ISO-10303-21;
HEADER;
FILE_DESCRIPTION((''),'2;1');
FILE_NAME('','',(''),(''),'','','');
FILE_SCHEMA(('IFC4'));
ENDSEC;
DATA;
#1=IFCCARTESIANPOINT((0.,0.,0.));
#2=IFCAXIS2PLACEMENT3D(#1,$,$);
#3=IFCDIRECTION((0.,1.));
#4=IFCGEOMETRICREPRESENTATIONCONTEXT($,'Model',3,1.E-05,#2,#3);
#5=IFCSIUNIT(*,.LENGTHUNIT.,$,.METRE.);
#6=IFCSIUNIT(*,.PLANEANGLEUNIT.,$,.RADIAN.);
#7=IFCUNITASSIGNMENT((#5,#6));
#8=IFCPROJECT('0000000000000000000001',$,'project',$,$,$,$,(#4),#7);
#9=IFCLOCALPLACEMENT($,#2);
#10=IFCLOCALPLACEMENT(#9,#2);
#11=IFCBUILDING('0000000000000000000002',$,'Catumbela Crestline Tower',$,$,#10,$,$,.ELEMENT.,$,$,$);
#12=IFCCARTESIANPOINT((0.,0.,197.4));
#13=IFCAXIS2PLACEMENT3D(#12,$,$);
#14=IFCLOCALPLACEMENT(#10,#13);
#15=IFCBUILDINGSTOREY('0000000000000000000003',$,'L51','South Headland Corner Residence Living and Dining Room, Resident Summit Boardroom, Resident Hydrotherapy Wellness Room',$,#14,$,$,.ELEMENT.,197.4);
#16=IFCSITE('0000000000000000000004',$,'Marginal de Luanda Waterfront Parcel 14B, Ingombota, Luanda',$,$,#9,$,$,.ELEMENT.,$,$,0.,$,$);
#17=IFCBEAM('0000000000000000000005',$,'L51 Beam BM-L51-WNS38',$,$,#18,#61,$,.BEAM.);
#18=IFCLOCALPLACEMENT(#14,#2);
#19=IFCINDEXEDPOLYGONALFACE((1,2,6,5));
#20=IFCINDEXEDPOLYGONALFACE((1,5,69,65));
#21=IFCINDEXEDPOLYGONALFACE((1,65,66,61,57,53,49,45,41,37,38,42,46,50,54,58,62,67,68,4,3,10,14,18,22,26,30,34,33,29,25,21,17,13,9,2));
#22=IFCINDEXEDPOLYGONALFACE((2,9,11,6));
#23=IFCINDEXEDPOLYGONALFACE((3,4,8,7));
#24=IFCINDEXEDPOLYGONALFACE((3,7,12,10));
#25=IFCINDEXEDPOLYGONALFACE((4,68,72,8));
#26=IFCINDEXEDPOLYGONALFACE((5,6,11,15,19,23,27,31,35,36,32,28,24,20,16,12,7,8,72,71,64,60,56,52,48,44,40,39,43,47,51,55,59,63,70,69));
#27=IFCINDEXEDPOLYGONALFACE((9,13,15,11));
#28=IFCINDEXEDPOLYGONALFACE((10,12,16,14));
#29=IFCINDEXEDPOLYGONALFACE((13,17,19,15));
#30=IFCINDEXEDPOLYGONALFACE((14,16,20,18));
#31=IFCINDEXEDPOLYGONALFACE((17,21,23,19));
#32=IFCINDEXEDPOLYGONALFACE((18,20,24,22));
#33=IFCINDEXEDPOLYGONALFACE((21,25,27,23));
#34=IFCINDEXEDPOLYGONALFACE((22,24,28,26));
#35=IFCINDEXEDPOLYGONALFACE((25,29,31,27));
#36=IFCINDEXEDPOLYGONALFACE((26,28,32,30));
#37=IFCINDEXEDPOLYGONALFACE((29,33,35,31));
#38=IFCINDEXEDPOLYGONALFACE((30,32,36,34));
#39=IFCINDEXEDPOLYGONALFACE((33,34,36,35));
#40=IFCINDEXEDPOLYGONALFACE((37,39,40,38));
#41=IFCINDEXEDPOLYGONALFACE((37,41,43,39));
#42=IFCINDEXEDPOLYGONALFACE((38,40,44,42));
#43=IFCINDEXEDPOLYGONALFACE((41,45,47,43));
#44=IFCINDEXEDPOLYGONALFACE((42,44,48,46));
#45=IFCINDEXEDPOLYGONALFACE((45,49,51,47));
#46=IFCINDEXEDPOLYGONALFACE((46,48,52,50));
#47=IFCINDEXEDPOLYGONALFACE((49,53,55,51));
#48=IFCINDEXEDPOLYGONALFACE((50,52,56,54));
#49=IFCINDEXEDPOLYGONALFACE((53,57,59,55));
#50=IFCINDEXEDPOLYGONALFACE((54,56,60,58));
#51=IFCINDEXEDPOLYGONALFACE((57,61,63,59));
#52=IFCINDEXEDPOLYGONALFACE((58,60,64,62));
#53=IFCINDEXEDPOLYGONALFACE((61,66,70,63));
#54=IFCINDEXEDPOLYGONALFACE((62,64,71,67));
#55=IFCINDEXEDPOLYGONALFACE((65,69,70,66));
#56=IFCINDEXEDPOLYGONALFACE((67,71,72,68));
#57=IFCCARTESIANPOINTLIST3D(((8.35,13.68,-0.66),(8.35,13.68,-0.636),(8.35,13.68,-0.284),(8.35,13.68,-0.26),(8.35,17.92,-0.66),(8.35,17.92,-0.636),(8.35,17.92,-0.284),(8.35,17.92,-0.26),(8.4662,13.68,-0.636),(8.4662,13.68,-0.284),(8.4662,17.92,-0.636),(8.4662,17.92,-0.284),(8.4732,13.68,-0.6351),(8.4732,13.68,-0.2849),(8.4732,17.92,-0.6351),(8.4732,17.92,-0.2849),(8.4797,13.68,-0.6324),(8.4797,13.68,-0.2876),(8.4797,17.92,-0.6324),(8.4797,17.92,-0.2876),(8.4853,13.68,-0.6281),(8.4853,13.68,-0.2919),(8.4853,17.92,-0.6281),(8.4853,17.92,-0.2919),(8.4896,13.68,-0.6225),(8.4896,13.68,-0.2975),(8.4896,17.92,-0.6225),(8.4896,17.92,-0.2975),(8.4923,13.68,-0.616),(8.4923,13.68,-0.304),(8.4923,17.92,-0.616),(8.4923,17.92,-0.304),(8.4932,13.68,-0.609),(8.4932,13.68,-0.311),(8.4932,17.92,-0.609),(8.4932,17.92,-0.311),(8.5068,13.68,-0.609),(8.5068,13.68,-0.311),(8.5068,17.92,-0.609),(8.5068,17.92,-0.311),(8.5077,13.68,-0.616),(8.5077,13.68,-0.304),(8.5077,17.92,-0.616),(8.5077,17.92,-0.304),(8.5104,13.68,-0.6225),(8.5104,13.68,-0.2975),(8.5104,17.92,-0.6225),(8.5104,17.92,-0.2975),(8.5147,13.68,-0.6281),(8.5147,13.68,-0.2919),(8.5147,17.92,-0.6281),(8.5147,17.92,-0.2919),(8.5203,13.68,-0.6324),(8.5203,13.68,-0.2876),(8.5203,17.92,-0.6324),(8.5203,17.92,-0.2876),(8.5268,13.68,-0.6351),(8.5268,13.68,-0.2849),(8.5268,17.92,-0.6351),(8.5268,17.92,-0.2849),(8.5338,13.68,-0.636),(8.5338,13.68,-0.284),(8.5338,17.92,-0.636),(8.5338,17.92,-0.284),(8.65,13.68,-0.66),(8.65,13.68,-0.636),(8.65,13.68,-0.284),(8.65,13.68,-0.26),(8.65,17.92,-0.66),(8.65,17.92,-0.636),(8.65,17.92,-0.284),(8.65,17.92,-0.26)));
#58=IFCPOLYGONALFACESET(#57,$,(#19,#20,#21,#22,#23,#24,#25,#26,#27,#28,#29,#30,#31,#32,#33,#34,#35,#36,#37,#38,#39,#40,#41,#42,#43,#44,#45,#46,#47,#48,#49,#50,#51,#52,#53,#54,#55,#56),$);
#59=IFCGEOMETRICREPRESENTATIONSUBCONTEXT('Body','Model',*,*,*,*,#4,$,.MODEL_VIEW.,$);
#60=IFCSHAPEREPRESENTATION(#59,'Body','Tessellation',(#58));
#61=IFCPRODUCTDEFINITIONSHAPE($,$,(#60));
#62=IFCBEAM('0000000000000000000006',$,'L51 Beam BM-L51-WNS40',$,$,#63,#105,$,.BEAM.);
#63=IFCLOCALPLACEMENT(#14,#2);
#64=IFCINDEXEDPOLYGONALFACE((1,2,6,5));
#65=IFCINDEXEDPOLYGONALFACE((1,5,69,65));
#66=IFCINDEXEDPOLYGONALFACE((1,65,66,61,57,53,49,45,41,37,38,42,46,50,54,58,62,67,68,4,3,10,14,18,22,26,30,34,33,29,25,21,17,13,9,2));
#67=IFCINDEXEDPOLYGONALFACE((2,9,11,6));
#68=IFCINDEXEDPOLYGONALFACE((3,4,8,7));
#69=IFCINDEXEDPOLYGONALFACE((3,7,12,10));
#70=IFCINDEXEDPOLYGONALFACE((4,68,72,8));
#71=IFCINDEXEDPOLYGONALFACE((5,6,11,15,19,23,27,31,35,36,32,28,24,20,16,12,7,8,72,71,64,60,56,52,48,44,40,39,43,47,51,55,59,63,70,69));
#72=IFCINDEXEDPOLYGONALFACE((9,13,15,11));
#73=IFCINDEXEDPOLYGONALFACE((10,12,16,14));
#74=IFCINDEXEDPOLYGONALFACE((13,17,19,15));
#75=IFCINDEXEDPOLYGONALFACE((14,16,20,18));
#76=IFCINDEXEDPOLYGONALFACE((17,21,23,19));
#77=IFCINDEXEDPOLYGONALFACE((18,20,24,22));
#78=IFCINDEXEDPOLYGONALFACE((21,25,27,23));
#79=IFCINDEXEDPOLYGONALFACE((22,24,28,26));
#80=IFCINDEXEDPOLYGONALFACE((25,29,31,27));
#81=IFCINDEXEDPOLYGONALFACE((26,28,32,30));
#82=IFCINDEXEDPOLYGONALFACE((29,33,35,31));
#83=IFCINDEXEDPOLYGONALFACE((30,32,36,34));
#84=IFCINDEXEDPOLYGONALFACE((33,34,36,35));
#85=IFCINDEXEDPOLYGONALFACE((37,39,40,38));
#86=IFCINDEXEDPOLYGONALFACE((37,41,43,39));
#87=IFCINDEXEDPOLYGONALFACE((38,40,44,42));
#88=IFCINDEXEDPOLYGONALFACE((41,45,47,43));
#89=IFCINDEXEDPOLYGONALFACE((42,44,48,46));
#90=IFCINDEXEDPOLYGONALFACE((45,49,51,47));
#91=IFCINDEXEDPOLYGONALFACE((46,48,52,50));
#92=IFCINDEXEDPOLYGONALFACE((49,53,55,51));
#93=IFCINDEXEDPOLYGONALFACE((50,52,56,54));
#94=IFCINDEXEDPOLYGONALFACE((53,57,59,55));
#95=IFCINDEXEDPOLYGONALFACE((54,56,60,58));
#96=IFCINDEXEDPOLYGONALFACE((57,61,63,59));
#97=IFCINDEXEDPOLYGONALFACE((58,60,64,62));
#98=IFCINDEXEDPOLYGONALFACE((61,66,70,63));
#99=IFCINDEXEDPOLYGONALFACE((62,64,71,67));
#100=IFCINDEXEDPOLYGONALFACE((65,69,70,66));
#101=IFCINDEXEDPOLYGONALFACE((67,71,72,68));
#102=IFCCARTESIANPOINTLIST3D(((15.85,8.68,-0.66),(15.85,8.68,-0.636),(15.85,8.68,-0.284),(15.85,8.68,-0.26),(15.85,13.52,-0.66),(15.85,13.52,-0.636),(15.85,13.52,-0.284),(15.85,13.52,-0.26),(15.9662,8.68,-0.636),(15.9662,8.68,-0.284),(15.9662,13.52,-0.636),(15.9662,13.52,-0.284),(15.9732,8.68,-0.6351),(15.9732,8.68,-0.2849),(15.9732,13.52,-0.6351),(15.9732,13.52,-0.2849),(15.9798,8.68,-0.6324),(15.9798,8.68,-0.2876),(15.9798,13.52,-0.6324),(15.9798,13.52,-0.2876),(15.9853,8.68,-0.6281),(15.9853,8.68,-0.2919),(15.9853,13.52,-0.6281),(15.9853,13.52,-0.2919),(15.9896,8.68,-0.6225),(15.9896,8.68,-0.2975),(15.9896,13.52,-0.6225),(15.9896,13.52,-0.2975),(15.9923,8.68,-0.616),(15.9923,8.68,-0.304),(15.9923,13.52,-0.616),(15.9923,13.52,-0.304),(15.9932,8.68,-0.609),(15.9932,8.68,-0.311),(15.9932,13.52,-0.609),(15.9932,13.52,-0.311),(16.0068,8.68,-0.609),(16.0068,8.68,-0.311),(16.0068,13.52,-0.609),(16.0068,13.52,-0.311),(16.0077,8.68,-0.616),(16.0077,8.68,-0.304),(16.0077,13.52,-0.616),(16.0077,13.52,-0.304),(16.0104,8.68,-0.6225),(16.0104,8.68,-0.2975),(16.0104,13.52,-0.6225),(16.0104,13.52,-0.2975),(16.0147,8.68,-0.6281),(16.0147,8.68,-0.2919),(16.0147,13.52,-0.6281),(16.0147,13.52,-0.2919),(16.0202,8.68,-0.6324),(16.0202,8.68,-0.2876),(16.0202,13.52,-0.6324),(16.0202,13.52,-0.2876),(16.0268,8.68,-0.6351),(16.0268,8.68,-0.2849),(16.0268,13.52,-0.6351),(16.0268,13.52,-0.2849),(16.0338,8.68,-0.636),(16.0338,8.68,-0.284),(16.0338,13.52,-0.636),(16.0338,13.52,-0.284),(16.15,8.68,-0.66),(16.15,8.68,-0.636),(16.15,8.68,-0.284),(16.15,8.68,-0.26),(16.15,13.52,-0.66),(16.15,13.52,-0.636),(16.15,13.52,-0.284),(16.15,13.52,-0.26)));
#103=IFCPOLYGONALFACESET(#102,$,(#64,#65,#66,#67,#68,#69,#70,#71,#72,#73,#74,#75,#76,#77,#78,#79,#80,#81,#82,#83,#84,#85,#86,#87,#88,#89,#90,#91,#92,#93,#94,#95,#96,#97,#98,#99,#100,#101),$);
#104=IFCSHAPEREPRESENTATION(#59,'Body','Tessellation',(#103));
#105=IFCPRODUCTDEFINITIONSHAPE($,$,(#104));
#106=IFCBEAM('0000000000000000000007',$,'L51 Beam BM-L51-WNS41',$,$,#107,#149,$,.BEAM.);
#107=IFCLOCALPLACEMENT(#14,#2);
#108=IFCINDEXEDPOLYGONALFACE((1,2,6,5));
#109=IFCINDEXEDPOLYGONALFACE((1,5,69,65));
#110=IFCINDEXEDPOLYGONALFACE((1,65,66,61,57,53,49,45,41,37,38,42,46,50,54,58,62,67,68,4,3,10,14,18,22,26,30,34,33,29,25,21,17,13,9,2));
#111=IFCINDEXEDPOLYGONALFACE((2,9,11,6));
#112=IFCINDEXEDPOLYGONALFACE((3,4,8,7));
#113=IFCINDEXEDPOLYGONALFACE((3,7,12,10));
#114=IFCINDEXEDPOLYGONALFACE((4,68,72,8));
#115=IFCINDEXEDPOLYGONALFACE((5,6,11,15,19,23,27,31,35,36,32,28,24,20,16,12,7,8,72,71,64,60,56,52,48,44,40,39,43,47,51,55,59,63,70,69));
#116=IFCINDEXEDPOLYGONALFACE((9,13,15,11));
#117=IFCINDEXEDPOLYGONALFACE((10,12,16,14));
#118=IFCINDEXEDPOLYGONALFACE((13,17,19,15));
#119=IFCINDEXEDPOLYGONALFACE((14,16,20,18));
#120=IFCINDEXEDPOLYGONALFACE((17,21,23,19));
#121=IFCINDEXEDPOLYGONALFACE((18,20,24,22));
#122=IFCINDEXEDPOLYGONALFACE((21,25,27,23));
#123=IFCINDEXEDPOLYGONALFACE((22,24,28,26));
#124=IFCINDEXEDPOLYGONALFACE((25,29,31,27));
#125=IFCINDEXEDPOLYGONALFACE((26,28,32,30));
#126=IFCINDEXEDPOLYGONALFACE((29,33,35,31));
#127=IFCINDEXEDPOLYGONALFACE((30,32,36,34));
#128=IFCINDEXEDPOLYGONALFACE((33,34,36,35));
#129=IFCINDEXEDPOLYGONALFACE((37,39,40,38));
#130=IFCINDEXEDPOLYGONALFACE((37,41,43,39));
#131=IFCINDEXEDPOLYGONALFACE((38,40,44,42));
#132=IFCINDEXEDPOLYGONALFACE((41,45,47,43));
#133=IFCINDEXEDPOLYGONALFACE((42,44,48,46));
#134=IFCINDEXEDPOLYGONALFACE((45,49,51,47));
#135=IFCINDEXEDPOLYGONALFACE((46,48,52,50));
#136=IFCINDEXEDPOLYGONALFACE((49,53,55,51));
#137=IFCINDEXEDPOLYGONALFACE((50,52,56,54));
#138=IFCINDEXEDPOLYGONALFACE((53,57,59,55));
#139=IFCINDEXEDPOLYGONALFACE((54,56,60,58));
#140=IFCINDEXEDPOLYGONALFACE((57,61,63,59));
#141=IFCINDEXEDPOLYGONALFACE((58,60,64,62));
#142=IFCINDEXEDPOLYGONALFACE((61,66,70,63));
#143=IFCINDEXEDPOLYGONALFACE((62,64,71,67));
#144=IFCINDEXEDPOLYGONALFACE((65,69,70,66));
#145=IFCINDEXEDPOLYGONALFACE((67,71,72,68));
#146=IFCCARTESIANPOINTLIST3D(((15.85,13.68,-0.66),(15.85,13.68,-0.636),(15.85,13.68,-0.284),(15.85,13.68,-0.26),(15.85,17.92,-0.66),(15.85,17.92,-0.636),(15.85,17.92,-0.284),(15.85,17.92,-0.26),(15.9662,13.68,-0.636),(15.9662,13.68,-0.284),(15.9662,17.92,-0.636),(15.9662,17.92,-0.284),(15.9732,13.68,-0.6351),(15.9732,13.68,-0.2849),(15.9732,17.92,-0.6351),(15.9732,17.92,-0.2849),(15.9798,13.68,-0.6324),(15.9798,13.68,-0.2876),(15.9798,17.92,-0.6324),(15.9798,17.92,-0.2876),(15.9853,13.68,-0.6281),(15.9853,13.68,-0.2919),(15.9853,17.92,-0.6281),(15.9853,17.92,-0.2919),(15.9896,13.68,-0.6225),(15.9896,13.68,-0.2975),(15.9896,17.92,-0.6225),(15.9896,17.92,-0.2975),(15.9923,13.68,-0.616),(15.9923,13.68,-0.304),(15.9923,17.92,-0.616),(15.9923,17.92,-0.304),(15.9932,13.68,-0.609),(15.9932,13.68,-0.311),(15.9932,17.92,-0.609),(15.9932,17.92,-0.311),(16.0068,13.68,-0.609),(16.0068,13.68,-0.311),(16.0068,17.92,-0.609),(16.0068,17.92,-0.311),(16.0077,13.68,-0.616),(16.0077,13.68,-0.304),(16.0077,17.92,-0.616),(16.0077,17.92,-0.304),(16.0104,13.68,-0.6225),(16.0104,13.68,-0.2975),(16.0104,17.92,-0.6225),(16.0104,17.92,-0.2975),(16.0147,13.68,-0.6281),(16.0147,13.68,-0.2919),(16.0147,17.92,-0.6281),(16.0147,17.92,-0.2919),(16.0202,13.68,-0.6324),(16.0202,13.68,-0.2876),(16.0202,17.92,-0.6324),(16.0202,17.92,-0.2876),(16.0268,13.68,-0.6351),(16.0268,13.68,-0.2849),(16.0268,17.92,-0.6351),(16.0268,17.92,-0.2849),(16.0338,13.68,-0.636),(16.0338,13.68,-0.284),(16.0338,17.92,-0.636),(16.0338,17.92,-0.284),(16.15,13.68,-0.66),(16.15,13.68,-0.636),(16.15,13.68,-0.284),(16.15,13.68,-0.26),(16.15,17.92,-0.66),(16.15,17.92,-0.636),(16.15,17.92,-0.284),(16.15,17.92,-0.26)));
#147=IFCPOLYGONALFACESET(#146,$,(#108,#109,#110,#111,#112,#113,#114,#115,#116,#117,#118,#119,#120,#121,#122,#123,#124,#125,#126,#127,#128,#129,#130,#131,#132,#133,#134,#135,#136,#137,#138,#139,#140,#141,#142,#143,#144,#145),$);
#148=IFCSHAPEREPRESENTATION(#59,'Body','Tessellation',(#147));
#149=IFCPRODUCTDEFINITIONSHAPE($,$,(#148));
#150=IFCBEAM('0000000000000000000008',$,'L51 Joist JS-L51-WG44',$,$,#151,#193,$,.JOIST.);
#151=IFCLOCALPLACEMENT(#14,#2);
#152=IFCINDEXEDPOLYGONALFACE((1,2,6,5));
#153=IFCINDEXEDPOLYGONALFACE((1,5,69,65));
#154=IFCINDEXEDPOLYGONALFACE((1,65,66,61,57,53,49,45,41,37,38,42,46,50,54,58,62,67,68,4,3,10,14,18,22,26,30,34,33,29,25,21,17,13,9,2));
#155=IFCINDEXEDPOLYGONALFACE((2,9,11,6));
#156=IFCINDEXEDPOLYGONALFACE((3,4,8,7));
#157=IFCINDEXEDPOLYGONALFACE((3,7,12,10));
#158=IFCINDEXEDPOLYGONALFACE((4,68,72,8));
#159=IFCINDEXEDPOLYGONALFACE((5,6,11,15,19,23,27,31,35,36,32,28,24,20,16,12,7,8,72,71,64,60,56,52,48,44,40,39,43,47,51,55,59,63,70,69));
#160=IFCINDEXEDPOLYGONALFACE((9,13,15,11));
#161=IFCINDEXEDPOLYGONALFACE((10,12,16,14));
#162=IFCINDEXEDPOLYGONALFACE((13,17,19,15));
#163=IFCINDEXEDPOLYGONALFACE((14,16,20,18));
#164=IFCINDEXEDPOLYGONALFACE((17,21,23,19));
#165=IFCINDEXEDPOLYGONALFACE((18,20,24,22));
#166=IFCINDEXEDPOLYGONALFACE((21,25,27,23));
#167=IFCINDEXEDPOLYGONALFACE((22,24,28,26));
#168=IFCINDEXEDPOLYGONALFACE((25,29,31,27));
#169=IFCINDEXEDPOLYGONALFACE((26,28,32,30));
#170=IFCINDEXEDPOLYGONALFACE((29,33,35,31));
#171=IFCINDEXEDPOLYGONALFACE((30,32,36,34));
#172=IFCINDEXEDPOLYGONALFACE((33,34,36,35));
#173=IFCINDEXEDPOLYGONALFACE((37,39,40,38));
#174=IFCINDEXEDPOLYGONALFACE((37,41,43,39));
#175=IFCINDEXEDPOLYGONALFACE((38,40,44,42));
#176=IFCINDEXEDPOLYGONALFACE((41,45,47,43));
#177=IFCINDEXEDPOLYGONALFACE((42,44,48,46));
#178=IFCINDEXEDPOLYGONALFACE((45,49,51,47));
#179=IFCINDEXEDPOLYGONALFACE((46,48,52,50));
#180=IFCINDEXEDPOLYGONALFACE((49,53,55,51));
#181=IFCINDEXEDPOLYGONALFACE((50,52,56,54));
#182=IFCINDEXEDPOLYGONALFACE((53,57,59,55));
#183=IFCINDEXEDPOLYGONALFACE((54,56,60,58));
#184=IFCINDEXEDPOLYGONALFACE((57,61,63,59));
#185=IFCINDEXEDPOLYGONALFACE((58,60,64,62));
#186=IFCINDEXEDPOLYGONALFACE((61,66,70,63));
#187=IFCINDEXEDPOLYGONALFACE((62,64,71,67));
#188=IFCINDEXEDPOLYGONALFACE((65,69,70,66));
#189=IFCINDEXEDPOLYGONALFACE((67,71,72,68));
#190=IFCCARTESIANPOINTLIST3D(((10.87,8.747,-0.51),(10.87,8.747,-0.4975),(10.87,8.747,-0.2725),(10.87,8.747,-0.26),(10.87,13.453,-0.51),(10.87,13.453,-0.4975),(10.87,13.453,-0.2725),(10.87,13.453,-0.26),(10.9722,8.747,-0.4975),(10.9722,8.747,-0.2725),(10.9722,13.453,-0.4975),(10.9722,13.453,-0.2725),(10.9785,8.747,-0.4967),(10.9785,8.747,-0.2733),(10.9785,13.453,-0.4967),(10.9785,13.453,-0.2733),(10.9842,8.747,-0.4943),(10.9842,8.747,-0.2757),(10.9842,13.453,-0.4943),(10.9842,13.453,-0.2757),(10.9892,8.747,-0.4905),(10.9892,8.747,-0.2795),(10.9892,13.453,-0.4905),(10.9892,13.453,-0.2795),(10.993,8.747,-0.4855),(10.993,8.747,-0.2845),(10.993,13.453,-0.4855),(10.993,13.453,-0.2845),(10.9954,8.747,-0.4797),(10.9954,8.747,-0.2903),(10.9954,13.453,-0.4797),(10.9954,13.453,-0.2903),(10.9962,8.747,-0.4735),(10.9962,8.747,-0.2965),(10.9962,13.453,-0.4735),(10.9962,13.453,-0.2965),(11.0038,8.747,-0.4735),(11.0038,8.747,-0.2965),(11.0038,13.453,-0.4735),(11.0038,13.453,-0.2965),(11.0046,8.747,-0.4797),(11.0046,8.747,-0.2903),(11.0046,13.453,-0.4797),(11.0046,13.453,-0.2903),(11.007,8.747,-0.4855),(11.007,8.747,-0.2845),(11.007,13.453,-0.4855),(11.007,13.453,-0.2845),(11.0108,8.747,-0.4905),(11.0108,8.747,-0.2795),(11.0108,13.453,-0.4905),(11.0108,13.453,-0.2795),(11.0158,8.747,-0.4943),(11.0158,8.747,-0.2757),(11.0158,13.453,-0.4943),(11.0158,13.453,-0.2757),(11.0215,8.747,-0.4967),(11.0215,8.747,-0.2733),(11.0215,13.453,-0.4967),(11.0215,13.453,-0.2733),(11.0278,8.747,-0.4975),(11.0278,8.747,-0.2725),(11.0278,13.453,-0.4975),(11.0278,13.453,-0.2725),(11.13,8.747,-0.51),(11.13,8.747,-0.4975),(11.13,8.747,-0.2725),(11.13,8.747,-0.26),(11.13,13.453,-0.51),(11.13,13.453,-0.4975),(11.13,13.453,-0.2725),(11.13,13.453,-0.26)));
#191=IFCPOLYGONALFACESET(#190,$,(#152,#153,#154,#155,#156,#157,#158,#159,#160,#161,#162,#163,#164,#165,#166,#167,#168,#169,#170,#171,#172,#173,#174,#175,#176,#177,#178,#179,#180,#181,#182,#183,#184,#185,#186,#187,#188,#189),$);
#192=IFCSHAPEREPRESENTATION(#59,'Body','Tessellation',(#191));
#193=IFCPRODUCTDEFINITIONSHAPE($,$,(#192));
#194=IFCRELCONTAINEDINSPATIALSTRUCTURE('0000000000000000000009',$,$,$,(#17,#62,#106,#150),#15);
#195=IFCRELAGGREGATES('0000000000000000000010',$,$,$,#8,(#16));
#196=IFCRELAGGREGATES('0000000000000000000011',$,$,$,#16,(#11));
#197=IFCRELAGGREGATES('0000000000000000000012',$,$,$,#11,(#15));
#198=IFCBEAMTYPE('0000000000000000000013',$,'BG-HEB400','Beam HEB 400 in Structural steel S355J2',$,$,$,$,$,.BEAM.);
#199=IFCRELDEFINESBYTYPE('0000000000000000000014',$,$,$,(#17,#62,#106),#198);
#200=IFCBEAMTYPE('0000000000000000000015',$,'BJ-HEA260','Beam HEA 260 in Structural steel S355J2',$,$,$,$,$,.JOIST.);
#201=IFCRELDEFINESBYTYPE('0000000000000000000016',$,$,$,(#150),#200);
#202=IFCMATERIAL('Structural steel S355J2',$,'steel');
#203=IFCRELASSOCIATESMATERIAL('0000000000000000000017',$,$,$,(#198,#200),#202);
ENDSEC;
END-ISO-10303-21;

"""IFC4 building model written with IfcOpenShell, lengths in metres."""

from ifc_helpers import new_model, si_unit, direction, frame, origin, origin_2d, place, context, subcontext, project, spatial, i_section, extrude, material, material_profile, profile_set, type_object, element, save


model = new_model("IFC4")

# Units and contexts
model_context = context("Model", 3, precision=1e-05, world=origin(), true_north=direction((0.0, 1.0)))
body_context = subcontext(model_context, "Body", "Model", "MODEL_VIEW")
ifc_project = project(units=[si_unit("LENGTHUNIT", "METRE"), si_unit("PLANEANGLEUNIT", "RADIAN")], contexts=[model_context])

# Site, building, storey
site_placement = place(None, origin())
site = spatial("IfcSite", under=ifc_project, at=site_placement, Name="Marginal de Luanda Waterfront Parcel 14B, Ingombota, Luanda", CompositionType="ELEMENT", RefElevation=0.0)
building_placement = place(site_placement, origin())
building = spatial("IfcBuilding", under=site, at=building_placement, Name="Catumbela Crestline Tower", CompositionType="ELEMENT")
storey_placement = place(building_placement, frame((0.0, 0.0, 197.4)))
storey = spatial("IfcBuildingStorey", under=building, at=storey_placement, Name="L51", Description="South Headland Corner Residence Living and Dining Room, Resident Summit Boardroom, Resident Hydrotherapy Wellness Room", CompositionType="ELEMENT", Elevation=197.4)

# Shared definitions
ifc_material_1 = material(Name="Structural steel S355J2", Category="steel")

# Beams
ifc_material_profile_1 = material_profile(ifc_material_1, i_section(OverallWidth=0.3, OverallDepth=0.4, WebThickness=0.0135, FlangeThickness=0.024, FilletRadius=0.027, at=origin_2d()), Name="HEB 400")
ifc_profile_set_1 = profile_set([ifc_material_profile_1], Name="Structural steel S355J2")
beam_type_1 = type_object("IfcBeamType", Name="BG-HEB400", Description="Beam HEB 400 in Structural steel S355J2", PredefinedType="BEAM", material=ifc_profile_set_1)
beam_1_placement = place(storey_placement, frame((8.5, 13.68, -0.46), z_axis=(0.0, 1.0, 0.0), x_axis=(-1.0, 0.0, 0.0)))
element("IfcBeam", 1, at=beam_1_placement, inside=storey, type_object=beam_type_1, Name="L51 Beam BM-L51-WNS38", PredefinedType="BEAM", context=body_context, shape_type="SweptSolid", body=[
    extrude(i_section(OverallWidth=0.3, OverallDepth=0.4, WebThickness=0.0135, FlangeThickness=0.024, FilletRadius=0.027, at=origin_2d()), origin(), (0.0, 0.0, 1.0), 4.24),
])
beam_2_placement = place(storey_placement, frame((16.0, 8.68, -0.46), z_axis=(0.0, 1.0, 0.0), x_axis=(-1.0, 0.0, 0.0)))
element("IfcBeam", 2, at=beam_2_placement, inside=storey, type_object=beam_type_1, Name="L51 Beam BM-L51-WNS40", PredefinedType="BEAM", context=body_context, shape_type="SweptSolid", body=[
    extrude(i_section(OverallWidth=0.3, OverallDepth=0.4, WebThickness=0.0135, FlangeThickness=0.024, FilletRadius=0.027, at=origin_2d()), origin(), (0.0, 0.0, 1.0), 4.84),
])
beam_3_placement = place(storey_placement, frame((16.0, 13.68, -0.46), z_axis=(0.0, 1.0, 0.0), x_axis=(-1.0, 0.0, 0.0)))
element("IfcBeam", 3, at=beam_3_placement, inside=storey, type_object=beam_type_1, Name="L51 Beam BM-L51-WNS41", PredefinedType="BEAM", context=body_context, shape_type="SweptSolid", body=[
    extrude(i_section(OverallWidth=0.3, OverallDepth=0.4, WebThickness=0.0135, FlangeThickness=0.024, FilletRadius=0.027, at=origin_2d()), origin(), (0.0, 0.0, 1.0), 4.24),
])
ifc_material_profile_2 = material_profile(ifc_material_1, i_section(OverallWidth=0.26, OverallDepth=0.25, WebThickness=0.0075, FlangeThickness=0.0125, FilletRadius=0.024, at=origin_2d()), Name="HEA 260")
ifc_profile_set_2 = profile_set([ifc_material_profile_2], Name="Structural steel S355J2")
beam_type_2 = type_object("IfcBeamType", Name="BJ-HEA260", Description="Beam HEA 260 in Structural steel S355J2", PredefinedType="JOIST", material=ifc_profile_set_2)
for number, where, z_axis, x_axis, name in (
    (4, (11.0, 8.747, -0.385), (0.0, 1.0, 0.0), (-1.0, 0.0, 0.0), "L51 Joist JS-L51-WG44"),
):
    element("IfcBeam", number, at=place(storey_placement, frame(where, z_axis=z_axis, x_axis=x_axis)), inside=storey, type_object=beam_type_2, Name=name, PredefinedType="JOIST", context=body_context, shape_type="SweptSolid", body=[
        extrude(i_section(OverallWidth=0.26, OverallDepth=0.25, WebThickness=0.0075, FlangeThickness=0.0125, FilletRadius=0.024, at=origin_2d()), origin(), (0.0, 0.0, 1.0), 4.706),
    ])

save(model, "model.ifc")
